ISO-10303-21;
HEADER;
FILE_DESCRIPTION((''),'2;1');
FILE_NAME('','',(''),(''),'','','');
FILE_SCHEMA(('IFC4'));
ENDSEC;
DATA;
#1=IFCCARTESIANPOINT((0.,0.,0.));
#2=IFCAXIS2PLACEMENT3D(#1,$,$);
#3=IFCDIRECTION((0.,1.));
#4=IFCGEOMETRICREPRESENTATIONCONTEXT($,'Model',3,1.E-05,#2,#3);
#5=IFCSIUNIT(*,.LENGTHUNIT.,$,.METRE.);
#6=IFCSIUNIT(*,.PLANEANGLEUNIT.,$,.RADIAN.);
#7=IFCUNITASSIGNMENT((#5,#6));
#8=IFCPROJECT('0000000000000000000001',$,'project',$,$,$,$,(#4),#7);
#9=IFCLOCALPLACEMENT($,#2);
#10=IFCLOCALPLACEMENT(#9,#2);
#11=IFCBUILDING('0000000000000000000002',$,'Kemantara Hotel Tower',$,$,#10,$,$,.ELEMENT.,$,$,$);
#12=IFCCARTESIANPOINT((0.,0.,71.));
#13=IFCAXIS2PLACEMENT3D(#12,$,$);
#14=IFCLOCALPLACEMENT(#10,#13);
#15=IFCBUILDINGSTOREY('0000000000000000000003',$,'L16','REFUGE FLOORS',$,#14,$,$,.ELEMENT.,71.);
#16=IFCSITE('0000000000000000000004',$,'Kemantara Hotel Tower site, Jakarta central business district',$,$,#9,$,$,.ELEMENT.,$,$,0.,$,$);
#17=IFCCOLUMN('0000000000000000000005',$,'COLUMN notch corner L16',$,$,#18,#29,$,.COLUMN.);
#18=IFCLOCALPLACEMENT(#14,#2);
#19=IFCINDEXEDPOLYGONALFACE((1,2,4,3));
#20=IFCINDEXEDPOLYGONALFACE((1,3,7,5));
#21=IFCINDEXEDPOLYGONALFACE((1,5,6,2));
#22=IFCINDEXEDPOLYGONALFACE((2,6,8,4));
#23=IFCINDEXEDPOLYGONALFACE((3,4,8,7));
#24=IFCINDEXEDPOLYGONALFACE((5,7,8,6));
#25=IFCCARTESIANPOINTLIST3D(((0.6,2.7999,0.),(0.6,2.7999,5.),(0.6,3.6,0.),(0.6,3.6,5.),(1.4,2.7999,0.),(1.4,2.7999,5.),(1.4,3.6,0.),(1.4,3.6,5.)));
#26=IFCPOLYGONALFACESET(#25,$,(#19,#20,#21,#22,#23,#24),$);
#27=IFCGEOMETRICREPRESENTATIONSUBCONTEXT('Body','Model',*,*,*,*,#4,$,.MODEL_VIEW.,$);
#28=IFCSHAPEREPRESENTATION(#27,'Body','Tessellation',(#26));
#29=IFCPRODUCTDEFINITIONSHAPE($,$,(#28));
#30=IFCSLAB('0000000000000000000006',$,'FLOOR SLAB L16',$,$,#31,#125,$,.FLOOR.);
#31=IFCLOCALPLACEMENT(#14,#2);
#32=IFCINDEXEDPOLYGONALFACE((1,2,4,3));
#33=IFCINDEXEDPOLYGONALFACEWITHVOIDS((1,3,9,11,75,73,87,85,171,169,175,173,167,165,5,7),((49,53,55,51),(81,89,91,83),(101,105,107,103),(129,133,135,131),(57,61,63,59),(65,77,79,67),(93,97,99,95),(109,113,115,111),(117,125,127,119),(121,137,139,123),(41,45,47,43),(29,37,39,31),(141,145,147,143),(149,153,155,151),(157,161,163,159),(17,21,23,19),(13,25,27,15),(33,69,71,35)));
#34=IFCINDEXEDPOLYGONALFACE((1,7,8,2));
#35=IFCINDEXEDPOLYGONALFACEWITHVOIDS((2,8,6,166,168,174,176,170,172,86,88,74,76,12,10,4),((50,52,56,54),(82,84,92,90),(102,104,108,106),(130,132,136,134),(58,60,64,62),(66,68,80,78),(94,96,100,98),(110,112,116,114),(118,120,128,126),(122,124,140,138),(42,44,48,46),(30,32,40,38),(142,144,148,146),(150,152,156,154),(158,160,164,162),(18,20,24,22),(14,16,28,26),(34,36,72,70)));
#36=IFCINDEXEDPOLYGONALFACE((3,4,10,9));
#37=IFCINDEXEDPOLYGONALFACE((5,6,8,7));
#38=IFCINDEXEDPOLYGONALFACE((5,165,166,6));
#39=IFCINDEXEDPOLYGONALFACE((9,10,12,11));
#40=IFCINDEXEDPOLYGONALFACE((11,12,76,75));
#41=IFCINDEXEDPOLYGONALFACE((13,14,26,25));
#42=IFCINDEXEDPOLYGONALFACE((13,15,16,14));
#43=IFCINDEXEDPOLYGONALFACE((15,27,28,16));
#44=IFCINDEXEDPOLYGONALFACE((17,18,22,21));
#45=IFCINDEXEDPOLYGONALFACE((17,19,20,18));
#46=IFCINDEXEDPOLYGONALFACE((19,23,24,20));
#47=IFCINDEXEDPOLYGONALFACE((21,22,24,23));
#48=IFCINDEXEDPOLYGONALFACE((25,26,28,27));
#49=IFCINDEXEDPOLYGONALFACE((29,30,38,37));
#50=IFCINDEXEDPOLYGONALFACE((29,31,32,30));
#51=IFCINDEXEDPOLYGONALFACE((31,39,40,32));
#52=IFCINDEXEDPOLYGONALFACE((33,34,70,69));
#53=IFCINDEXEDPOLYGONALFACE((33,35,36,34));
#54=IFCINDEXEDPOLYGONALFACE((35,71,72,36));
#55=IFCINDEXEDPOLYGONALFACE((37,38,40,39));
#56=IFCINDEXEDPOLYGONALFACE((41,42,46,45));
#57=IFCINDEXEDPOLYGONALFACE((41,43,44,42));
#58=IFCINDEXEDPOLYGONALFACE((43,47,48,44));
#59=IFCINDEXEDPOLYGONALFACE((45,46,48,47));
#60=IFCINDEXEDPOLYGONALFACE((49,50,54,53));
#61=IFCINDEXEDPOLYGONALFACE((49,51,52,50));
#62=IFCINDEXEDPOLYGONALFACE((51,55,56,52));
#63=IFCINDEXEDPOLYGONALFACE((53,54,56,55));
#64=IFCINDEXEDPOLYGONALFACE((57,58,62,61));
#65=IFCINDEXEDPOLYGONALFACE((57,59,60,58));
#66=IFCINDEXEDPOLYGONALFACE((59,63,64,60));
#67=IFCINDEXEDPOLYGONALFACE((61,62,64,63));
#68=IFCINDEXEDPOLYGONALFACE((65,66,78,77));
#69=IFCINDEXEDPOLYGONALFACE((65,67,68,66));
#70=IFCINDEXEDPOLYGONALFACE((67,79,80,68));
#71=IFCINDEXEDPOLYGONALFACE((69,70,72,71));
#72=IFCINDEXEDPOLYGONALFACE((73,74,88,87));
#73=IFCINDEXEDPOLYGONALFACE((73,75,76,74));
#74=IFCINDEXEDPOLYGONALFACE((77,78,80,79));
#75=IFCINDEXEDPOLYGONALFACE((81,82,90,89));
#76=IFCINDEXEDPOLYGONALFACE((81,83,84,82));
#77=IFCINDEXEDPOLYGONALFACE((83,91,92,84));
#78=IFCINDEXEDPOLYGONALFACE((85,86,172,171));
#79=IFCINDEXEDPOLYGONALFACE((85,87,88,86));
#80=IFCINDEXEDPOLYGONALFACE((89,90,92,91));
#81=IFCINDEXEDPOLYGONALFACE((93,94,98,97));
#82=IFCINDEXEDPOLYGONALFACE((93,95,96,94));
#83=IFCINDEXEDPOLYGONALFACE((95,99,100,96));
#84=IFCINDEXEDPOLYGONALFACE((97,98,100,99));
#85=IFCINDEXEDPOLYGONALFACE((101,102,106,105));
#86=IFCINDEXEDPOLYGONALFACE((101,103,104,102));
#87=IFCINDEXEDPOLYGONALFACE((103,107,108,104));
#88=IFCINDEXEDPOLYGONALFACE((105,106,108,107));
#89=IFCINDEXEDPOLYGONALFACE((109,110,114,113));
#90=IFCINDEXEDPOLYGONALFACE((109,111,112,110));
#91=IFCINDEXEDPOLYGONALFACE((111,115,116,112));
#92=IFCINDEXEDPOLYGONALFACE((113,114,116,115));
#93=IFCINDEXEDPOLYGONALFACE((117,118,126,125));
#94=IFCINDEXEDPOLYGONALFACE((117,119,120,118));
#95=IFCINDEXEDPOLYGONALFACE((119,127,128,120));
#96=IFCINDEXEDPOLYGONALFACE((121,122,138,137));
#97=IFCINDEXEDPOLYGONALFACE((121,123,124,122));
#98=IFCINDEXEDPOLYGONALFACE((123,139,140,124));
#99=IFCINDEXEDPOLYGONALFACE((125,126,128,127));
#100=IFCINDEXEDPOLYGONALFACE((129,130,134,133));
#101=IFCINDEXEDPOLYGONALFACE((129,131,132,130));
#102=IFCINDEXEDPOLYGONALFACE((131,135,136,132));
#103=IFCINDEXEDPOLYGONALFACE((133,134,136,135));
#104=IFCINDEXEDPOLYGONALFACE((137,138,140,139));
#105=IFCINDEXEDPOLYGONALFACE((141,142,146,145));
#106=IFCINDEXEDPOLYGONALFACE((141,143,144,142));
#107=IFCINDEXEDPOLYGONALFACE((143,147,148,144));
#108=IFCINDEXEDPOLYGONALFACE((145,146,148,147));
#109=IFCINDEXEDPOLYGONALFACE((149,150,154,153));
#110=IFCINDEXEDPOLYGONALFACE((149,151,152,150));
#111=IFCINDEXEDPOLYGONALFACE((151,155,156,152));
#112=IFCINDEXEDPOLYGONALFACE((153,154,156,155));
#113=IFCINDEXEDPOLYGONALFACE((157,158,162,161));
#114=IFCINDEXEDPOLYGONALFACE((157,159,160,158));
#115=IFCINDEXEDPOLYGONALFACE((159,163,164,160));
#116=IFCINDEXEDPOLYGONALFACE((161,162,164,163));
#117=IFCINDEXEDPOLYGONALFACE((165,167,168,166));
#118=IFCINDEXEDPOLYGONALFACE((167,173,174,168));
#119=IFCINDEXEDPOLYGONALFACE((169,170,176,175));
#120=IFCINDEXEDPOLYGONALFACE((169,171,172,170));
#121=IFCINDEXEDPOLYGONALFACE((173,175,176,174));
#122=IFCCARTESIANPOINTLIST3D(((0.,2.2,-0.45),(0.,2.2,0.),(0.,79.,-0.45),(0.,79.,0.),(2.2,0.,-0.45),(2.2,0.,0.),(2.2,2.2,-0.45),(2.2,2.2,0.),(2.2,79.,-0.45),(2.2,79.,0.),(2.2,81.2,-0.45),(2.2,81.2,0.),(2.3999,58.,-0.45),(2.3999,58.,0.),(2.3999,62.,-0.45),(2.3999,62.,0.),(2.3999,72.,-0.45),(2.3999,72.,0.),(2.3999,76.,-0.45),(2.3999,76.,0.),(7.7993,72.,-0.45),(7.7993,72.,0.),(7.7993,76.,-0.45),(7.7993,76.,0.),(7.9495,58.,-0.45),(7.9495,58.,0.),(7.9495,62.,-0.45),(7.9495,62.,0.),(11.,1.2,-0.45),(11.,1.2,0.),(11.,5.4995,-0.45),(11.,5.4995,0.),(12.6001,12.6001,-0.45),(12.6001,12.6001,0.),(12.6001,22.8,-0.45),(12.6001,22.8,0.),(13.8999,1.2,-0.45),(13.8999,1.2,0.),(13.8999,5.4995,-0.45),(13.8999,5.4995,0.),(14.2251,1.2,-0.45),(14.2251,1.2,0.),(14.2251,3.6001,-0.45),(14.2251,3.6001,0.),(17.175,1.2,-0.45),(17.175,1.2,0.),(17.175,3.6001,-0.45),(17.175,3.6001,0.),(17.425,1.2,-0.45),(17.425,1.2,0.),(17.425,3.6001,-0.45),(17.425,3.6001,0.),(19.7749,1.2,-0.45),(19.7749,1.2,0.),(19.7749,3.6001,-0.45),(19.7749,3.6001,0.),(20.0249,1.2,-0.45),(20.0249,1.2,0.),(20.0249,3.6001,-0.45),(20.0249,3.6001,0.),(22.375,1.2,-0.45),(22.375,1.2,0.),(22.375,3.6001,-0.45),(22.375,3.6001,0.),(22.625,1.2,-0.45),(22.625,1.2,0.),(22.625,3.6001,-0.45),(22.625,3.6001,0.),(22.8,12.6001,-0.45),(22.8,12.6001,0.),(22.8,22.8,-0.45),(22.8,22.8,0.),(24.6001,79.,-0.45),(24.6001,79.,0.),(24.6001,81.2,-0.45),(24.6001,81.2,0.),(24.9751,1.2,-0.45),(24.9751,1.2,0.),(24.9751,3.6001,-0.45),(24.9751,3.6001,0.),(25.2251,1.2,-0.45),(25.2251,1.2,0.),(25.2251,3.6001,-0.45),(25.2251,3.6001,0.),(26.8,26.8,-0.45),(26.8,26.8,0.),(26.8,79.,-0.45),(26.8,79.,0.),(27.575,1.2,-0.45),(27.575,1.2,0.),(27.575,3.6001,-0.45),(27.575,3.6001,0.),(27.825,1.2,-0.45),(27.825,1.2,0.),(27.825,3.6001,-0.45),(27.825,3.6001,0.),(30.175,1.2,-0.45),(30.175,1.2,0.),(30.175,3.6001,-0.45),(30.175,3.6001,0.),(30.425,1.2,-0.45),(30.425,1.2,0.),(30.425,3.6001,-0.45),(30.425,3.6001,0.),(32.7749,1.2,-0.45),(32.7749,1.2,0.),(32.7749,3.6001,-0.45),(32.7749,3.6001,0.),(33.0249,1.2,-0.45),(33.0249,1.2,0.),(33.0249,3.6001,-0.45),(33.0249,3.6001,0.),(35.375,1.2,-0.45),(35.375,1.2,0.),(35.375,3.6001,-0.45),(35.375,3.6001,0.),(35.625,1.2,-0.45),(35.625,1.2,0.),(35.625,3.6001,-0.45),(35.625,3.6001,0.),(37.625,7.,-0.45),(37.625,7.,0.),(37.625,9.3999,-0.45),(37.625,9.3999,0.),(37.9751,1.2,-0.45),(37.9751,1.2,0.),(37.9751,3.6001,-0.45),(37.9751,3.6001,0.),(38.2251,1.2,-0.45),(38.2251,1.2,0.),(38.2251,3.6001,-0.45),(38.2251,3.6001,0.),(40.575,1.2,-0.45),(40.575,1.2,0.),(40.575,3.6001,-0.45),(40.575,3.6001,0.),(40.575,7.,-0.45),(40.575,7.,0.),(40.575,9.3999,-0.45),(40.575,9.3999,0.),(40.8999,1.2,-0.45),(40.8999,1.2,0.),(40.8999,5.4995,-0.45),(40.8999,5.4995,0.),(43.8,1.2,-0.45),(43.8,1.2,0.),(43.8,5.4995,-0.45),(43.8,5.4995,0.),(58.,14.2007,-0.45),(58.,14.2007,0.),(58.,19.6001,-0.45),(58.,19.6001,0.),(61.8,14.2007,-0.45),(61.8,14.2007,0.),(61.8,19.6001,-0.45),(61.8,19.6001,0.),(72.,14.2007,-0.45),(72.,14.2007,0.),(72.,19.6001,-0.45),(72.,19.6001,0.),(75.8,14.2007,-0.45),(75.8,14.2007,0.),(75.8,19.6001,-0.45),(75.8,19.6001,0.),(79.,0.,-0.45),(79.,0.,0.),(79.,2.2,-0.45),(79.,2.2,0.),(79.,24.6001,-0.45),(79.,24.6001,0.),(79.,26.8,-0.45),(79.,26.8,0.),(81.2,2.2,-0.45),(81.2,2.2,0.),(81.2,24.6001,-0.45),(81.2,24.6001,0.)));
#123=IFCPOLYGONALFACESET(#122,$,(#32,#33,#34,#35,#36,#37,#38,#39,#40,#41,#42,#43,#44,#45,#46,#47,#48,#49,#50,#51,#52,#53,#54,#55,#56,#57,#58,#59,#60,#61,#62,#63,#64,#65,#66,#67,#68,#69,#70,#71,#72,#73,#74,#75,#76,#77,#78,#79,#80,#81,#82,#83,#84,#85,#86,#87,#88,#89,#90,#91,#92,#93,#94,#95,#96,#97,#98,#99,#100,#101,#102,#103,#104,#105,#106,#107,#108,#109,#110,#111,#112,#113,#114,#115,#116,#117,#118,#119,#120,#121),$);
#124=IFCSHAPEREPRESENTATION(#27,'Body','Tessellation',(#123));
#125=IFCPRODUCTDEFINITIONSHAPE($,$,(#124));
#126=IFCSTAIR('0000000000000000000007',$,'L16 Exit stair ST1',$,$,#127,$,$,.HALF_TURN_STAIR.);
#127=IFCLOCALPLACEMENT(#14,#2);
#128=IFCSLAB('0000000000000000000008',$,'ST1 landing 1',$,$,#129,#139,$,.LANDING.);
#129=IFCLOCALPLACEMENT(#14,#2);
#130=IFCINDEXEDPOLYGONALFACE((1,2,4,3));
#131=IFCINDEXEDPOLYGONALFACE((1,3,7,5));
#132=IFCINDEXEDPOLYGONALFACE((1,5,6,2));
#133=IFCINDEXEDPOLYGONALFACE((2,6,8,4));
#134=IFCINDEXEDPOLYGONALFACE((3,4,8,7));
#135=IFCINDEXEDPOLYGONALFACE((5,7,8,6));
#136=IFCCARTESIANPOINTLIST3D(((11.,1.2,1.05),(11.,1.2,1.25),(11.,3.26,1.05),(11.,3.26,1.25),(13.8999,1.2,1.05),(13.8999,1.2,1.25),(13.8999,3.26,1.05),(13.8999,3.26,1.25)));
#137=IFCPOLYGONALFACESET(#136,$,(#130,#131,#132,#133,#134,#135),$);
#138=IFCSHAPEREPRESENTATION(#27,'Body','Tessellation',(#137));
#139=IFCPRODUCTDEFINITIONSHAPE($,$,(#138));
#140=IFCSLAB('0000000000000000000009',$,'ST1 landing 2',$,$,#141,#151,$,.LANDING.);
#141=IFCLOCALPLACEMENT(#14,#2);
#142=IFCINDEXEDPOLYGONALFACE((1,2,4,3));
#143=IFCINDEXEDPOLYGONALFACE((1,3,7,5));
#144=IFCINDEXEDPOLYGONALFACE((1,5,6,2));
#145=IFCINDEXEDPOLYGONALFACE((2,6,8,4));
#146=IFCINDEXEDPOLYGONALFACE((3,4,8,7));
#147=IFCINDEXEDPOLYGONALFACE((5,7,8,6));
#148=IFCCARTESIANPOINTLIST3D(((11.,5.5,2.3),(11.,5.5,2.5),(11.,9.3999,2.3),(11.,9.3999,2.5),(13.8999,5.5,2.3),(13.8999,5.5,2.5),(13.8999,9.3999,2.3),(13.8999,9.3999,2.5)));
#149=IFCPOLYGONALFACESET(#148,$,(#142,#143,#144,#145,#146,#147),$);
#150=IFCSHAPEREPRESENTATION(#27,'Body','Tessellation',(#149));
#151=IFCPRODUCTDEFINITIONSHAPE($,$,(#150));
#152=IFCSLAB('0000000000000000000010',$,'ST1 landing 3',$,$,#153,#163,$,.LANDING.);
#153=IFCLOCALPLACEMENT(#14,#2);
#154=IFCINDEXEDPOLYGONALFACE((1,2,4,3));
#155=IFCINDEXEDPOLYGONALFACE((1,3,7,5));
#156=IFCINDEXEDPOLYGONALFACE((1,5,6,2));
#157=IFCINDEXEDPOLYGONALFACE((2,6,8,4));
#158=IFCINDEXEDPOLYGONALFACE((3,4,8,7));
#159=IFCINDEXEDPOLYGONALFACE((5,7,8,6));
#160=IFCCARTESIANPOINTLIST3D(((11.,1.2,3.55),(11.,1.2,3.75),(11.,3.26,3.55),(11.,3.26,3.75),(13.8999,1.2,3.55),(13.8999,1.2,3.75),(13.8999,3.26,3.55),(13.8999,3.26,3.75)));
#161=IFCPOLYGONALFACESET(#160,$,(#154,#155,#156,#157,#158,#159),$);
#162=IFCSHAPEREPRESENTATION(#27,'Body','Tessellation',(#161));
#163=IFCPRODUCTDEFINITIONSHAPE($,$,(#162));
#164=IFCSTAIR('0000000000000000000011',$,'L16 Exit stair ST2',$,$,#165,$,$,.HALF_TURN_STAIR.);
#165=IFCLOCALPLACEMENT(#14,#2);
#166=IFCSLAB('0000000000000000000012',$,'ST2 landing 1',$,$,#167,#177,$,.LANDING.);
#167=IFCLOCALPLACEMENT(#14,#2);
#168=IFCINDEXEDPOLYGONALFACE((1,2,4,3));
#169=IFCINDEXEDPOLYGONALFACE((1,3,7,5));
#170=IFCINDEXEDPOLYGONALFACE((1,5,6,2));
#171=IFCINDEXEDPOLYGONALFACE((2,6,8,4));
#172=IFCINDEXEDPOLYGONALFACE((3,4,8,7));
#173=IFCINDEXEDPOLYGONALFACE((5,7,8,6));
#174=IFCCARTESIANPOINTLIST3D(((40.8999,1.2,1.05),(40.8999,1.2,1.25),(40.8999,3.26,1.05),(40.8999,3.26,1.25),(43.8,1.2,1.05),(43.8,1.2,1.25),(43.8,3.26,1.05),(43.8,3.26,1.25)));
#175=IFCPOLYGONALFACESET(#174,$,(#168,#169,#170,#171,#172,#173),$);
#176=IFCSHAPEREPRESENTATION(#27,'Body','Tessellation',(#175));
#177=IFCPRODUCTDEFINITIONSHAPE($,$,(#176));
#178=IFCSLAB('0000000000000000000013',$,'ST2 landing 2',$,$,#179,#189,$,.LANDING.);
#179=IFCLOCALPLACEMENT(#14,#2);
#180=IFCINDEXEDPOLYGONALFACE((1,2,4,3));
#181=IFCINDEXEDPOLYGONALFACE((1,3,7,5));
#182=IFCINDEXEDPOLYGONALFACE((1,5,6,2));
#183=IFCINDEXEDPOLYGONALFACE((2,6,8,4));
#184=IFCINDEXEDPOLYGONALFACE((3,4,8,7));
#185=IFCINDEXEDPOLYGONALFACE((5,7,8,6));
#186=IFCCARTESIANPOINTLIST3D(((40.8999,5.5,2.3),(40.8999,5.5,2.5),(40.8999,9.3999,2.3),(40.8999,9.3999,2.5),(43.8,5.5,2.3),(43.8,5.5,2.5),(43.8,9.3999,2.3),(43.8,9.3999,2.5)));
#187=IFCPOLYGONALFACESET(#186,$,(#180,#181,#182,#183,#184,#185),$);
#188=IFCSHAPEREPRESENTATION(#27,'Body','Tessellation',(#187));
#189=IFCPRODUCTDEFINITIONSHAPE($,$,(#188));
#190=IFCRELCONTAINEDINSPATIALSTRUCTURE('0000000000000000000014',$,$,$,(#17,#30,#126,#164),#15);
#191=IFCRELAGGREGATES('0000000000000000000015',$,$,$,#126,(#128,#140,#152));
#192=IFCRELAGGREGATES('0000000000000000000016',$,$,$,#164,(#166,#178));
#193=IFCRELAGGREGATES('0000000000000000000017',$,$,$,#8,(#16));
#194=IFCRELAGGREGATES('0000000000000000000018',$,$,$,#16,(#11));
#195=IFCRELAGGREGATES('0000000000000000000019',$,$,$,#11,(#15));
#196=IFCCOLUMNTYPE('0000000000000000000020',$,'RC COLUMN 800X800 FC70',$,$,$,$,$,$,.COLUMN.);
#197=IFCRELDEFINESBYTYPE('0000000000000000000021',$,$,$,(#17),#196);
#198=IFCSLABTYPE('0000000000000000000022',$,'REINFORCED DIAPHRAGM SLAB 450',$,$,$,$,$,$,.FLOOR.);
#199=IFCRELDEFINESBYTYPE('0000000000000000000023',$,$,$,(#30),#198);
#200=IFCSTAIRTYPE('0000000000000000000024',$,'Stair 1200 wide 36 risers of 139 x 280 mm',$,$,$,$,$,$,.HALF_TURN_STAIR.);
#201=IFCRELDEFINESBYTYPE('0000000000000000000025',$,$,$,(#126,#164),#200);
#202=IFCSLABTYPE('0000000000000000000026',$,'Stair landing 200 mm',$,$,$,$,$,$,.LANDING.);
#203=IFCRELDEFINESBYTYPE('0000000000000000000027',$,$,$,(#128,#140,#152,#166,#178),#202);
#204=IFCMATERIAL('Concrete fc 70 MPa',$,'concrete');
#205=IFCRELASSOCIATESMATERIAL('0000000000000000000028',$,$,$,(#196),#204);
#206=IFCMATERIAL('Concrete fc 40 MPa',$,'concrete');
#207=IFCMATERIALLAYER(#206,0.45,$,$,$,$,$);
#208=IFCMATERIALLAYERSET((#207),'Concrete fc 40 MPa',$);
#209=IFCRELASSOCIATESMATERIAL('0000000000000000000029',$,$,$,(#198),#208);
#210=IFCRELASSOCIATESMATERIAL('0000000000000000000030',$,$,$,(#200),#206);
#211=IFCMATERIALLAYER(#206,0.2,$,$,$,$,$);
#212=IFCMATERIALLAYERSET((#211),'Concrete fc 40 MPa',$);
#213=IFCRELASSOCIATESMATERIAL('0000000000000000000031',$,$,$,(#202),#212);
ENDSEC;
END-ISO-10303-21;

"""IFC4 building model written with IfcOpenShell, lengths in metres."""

from ifc_helpers import new_model, si_unit, direction, frame, origin, origin_2d, place, context, subcontext, project, spatial, polyline, rectangle, outline, extrude, material, layer, layer_set, material_profile, profile_set, type_object, element, aggregate, save


model = new_model("IFC4")

# Units and contexts
model_context = context("Model", 3, precision=1e-05, world=origin(), true_north=direction((0.0, 1.0)))
body_context = subcontext(model_context, "Body", "Model", "MODEL_VIEW")
ifc_project = project(units=[si_unit("LENGTHUNIT", "METRE"), si_unit("PLANEANGLEUNIT", "RADIAN")], contexts=[model_context])

# Site, building, storey
site_placement = place(None, origin())
site = spatial("IfcSite", under=ifc_project, at=site_placement, Name="Kemantara Hotel Tower site, Jakarta central business district", CompositionType="ELEMENT", RefElevation=0.0)
building_placement = place(site_placement, origin())
building = spatial("IfcBuilding", under=site, at=building_placement, Name="Kemantara Hotel Tower", CompositionType="ELEMENT")
storey_placement = place(building_placement, frame((0.0, 0.0, 71.0)))
storey = spatial("IfcBuildingStorey", under=building, at=storey_placement, Name="L16", Description="REFUGE FLOORS", CompositionType="ELEMENT", Elevation=71.0)

# Column
ifc_material_1 = material(Name="Concrete fc 70 MPa", Category="concrete")
ifc_material_profile = material_profile(ifc_material_1, rectangle(XDim=0.8, YDim=0.8, at=origin_2d()), Name="RC 800X800")
ifc_profile_set = profile_set([ifc_material_profile], Name="Concrete fc 70 MPa")
column_type = type_object("IfcColumnType", Name="RC COLUMN 800X800 FC70", PredefinedType="COLUMN", material=ifc_profile_set)
column_placement = place(storey_placement, frame((1.0, 3.2, 0.0), z_axis=(0.0, 0.0, 1.0), x_axis=(1.0, 0.0, 0.0)))
element("IfcColumn", 1, at=column_placement, inside=storey, type_object=column_type, Name="COLUMN notch corner L16", PredefinedType="COLUMN", context=body_context, shape_type="SweptSolid", body=[
    extrude(rectangle(XDim=0.8, YDim=0.8, at=origin_2d()), origin(), (0.0, 0.0, 1.0), 5.0),
])

# Slab
ifc_material_2 = material(Name="Concrete fc 40 MPa", Category="concrete")
ifc_layer_1 = layer(ifc_material_2, 0.45)
ifc_layer_set_1 = layer_set([ifc_layer_1], Name="Concrete fc 40 MPa")
slab_type_1 = type_object("IfcSlabType", Name="REINFORCED DIAPHRAGM SLAB 450", PredefinedType="FLOOR", material=ifc_layer_set_1)
slab_1_placement = place(storey_placement, frame((0.0, 0.0, -0.45)))
element("IfcSlab", 2, at=slab_1_placement, inside=storey, type_object=slab_type_1, Name="FLOOR SLAB L16", PredefinedType="FLOOR", context=body_context, shape_type="SweptSolid", body=[
    extrude(outline(polyline([(0.0, 2.2), (2.2, 2.2), (2.2, 0.0), (79.0, 0.0), (79.0, 2.2), (81.2, 2.2), (81.2, 24.6001), (79.0, 24.6001), (79.0, 26.8), (26.8, 26.8), (26.8, 79.0), (24.6001, 79.0), (24.6001, 81.2), (2.2, 81.2), (2.2, 79.0), (0.0, 79.0), (0.0, 2.2)]), holes=[polyline([(17.175, 1.2), (14.2251, 1.2), (14.2251, 3.6001), (17.175, 3.6001), (17.175, 1.2)]), polyline([(19.7749, 1.2), (17.425, 1.2), (17.425, 3.6001), (19.7749, 3.6001), (19.7749, 1.2)]), polyline([(22.375, 1.2), (20.0249, 1.2), (20.0249, 3.6001), (22.375, 3.6001), (22.375, 1.2)]), polyline([(24.9751, 1.2), (22.625, 1.2), (22.625, 3.6001), (24.9751, 3.6001), (24.9751, 1.2)]), polyline([(27.575, 1.2), (25.2251, 1.2), (25.2251, 3.6001), (27.575, 3.6001), (27.575, 1.2)]), polyline([(11.0, 1.2), (11.0, 5.4995), (13.8999, 5.4995), (13.8999, 1.2), (11.0, 1.2)]), polyline([(22.8, 12.6001), (12.6001, 12.6001), (12.6001, 22.8), (22.8, 22.8), (22.8, 12.6001)]), polyline([(7.9495, 62.0), (7.9495, 58.0), (2.3999, 58.0), (2.3999, 62.0), (7.9495, 62.0)]), polyline([(7.7993, 76.0), (7.7993, 72.0), (2.3999, 72.0), (2.3999, 76.0), (7.7993, 76.0)]), polyline([(30.175, 1.2), (27.825, 1.2), (27.825, 3.6001), (30.175, 3.6001), (30.175, 1.2)]), polyline([(32.7749, 1.2), (30.425, 1.2), (30.425, 3.6001), (32.7749, 3.6001), (32.7749, 1.2)]), polyline([(35.375, 1.2), (33.0249, 1.2), (33.0249, 3.6001), (35.375, 3.6001), (35.375, 1.2)]), polyline([(37.9751, 1.2), (35.625, 1.2), (35.625, 3.6001), (37.9751, 3.6001), (37.9751, 1.2)]), polyline([(40.575, 1.2), (38.2251, 1.2), (38.2251, 3.6001), (40.575, 3.6001), (40.575, 1.2)]), polyline([(40.8999, 1.2), (40.8999, 5.4995), (43.8, 5.4995), (43.8, 1.2), (40.8999, 1.2)]), polyline([(40.575, 7.0), (37.625, 7.0), (37.625, 9.3999), (40.575, 9.3999), (40.575, 7.0)]), polyline([(61.8, 14.2007), (58.0, 14.2007), (58.0, 19.6001), (61.8, 19.6001), (61.8, 14.2007)]), polyline([(75.8, 14.2007), (72.0, 14.2007), (72.0, 19.6001), (75.8, 19.6001), (75.8, 14.2007)])]), origin(), (0.0, 0.0, 1.0), 0.45),
])

# Stairs, slabs
stair_type_1 = type_object("IfcStairType", Name="Stair 1200 wide 36 risers of 139 x 280 mm", PredefinedType="HALF_TURN_STAIR", material=ifc_material_2)
stair_1_placement = place(storey_placement, origin())
stair_1 = element("IfcStair", 3, at=stair_1_placement, inside=storey, type_object=stair_type_1, Name="L16 Exit stair ST1", PredefinedType="HALF_TURN_STAIR")
ifc_layer_2 = layer(ifc_material_2, 0.2)
ifc_layer_set_2 = layer_set([ifc_layer_2], Name="Concrete fc 40 MPa")
slab_type_2 = type_object("IfcSlabType", Name="Stair landing 200 mm", PredefinedType="LANDING", material=ifc_layer_set_2)
slab_2_placement = place(storey_placement, frame((0.0, 0.0, 1.05)))
slab_2 = element("IfcSlab", 4, at=slab_2_placement, type_object=slab_type_2, Name="ST1 landing 1", PredefinedType="LANDING", context=body_context, shape_type="SweptSolid", body=[
    extrude(outline(polyline([(11.0, 3.26), (11.0, 1.2), (13.8999, 1.2), (13.8999, 3.26), (11.0, 3.26)])), origin(), (0.0, 0.0, 1.0), 0.2),
])
slab_3_placement = place(storey_placement, frame((0.0, 0.0, 2.3)))
slab_3 = element("IfcSlab", 5, at=slab_3_placement, type_object=slab_type_2, Name="ST1 landing 2", PredefinedType="LANDING", context=body_context, shape_type="SweptSolid", body=[
    extrude(outline(polyline([(11.0, 9.3999), (11.0, 5.5), (13.8999, 5.5), (13.8999, 9.3999), (11.0, 9.3999)])), origin(), (0.0, 0.0, 1.0), 0.2),
])
slab_4_placement = place(storey_placement, frame((0.0, 0.0, 3.55)))
slab_4 = element("IfcSlab", 6, at=slab_4_placement, type_object=slab_type_2, Name="ST1 landing 3", PredefinedType="LANDING", context=body_context, shape_type="SweptSolid", body=[
    extrude(outline(polyline([(11.0, 3.26), (11.0, 1.2), (13.8999, 1.2), (13.8999, 3.26), (11.0, 3.26)])), origin(), (0.0, 0.0, 1.0), 0.2),
])
aggregate(stair_1, [slab_2, slab_3, slab_4])
stair_2_placement = place(storey_placement, origin())
stair_2 = element("IfcStair", 7, at=stair_2_placement, inside=storey, type_object=stair_type_1, Name="L16 Exit stair ST2", PredefinedType="HALF_TURN_STAIR")
slab_5_placement = place(storey_placement, frame((0.0, 0.0, 1.05)))
slab_5 = element("IfcSlab", 8, at=slab_5_placement, type_object=slab_type_2, Name="ST2 landing 1", PredefinedType="LANDING", context=body_context, shape_type="SweptSolid", body=[
    extrude(outline(polyline([(40.8999, 3.26), (40.8999, 1.2), (43.8, 1.2), (43.8, 3.26), (40.8999, 3.26)])), origin(), (0.0, 0.0, 1.0), 0.2),
])
slab_6_placement = place(storey_placement, frame((0.0, 0.0, 2.3)))
slab_6 = element("IfcSlab", 9, at=slab_6_placement, type_object=slab_type_2, Name="ST2 landing 2", PredefinedType="LANDING", context=body_context, shape_type="SweptSolid", body=[
    extrude(outline(polyline([(40.8999, 9.3999), (40.8999, 5.5), (43.8, 5.5), (43.8, 9.3999), (40.8999, 9.3999)])), origin(), (0.0, 0.0, 1.0), 0.2),
])
aggregate(stair_2, [slab_5, slab_6])

save(model, "model.ifc")
